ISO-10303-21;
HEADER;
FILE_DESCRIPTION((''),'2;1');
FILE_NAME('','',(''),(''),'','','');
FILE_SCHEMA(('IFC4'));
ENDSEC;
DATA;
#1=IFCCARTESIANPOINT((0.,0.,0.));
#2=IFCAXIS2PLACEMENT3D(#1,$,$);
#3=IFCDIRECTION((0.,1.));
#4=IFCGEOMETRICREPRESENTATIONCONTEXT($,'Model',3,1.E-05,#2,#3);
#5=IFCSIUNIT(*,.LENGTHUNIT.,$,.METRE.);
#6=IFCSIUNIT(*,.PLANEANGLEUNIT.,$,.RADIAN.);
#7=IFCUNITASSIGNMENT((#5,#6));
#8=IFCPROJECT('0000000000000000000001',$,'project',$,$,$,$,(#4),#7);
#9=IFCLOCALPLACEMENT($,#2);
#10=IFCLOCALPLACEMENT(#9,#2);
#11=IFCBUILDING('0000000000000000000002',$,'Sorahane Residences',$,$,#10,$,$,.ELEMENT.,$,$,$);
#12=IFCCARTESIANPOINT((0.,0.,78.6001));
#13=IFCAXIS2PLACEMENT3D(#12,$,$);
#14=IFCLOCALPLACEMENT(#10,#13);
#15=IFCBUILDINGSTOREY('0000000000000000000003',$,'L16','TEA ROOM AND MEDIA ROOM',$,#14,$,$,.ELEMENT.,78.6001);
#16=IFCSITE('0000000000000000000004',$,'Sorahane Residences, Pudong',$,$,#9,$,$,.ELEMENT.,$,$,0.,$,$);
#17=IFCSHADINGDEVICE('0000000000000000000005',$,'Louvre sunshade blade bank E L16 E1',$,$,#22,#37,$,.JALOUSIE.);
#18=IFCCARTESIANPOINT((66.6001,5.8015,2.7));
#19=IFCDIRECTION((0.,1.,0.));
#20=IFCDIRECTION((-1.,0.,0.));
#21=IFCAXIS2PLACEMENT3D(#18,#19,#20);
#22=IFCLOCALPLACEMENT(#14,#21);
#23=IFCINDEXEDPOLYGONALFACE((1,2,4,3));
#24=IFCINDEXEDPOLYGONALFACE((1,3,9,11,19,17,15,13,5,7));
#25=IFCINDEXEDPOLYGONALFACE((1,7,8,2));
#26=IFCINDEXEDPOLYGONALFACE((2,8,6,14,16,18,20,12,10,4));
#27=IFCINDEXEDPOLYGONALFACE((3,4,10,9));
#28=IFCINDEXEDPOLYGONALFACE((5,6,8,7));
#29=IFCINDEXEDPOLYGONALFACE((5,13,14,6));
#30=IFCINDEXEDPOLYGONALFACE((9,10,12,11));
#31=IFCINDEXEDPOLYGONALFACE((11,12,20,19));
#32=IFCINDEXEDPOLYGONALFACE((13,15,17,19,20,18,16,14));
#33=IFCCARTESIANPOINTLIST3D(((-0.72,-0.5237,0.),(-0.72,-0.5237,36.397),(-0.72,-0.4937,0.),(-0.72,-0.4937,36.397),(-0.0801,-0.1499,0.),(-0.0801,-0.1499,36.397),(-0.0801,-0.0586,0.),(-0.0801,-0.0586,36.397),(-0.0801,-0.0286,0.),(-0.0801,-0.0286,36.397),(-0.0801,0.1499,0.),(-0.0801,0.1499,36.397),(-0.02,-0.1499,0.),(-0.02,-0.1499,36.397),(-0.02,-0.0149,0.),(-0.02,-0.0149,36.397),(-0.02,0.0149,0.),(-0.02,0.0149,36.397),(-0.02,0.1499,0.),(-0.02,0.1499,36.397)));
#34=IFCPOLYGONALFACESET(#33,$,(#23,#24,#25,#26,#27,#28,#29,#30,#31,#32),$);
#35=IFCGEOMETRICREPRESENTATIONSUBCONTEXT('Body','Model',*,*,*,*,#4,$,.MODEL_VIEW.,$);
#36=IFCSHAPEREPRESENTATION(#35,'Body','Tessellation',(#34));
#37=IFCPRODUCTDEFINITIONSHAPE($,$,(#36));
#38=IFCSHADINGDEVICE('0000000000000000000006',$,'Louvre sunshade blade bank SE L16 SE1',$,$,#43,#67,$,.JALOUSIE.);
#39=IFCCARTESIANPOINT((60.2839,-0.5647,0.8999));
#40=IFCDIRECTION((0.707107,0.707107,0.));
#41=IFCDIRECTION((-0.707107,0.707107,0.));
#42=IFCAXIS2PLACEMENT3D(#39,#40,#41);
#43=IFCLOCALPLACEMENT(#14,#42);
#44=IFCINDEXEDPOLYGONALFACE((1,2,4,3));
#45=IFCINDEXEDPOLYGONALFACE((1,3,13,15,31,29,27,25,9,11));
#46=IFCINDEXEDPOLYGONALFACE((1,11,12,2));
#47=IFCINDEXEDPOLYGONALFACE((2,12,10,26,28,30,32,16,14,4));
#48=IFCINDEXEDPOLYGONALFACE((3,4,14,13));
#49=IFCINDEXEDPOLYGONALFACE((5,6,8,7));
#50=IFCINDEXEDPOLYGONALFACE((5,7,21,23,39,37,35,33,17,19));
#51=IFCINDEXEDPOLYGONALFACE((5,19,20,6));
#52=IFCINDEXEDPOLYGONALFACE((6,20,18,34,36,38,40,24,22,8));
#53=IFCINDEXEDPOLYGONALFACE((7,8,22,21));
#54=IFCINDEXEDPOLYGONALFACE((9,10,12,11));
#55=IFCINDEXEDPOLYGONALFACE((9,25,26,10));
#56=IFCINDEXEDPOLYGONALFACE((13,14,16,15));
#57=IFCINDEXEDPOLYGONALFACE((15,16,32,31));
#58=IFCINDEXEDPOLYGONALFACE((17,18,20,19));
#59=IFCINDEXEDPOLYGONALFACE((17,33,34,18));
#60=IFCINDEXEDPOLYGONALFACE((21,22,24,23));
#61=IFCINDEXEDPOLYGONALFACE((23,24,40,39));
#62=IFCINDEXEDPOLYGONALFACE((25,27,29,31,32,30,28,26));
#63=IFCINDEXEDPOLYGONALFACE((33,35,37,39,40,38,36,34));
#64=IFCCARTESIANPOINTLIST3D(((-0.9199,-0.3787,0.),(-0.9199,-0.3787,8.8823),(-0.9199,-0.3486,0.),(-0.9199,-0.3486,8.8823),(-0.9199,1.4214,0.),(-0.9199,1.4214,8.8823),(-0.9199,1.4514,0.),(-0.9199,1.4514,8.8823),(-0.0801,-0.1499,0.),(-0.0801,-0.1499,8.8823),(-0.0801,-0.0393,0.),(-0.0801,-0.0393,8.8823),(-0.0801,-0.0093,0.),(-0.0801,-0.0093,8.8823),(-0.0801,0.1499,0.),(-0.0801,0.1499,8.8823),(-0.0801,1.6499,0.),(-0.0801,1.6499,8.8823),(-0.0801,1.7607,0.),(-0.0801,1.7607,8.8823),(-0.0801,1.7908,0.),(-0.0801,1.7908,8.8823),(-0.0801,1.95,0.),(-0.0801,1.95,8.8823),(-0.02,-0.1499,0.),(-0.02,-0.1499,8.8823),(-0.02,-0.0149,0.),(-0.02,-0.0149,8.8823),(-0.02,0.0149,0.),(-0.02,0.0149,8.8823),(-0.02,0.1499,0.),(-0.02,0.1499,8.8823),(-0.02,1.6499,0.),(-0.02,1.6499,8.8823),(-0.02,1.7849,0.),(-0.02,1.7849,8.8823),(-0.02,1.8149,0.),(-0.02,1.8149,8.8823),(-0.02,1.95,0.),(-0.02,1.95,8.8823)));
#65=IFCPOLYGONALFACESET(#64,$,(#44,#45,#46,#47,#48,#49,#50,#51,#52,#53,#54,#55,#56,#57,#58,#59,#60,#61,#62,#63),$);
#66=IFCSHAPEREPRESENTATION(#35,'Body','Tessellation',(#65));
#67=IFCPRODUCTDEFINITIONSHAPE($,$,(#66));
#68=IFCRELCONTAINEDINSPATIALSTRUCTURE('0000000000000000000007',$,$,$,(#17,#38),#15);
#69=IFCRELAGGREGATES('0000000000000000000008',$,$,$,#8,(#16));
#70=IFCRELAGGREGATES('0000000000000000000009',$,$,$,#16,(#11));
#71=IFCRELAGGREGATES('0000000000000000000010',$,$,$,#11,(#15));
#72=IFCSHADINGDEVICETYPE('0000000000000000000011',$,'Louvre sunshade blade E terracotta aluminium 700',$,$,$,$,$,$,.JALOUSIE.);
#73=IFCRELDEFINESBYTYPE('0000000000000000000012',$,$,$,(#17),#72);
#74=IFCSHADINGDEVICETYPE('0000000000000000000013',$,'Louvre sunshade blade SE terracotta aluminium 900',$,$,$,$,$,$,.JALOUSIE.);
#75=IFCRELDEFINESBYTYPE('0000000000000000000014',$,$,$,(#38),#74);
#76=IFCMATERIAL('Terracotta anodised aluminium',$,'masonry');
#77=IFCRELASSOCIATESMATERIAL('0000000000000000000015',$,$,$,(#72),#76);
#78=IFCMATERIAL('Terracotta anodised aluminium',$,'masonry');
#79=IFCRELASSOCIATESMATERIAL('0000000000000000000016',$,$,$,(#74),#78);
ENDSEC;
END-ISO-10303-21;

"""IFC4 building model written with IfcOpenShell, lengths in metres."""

from ifc_helpers import new_model, si_unit, direction, frame, origin, place, context, subcontext, project, spatial, polyline, outline, composite_profile, extrude, material, type_object, element, save


model = new_model("IFC4")

# Units and contexts
model_context = context("Model", 3, precision=1e-05, world=origin(), true_north=direction((0.0, 1.0)))
body_context = subcontext(model_context, "Body", "Model", "MODEL_VIEW")
ifc_project = project(units=[si_unit("LENGTHUNIT", "METRE"), si_unit("PLANEANGLEUNIT", "RADIAN")], contexts=[model_context])

# Site, building, storey
site_placement = place(None, origin())
site = spatial("IfcSite", under=ifc_project, at=site_placement, Name="Sorahane Residences, Pudong", CompositionType="ELEMENT", RefElevation=0.0)
building_placement = place(site_placement, origin())
building = spatial("IfcBuilding", under=site, at=building_placement, Name="Sorahane Residences", CompositionType="ELEMENT")
storey_placement = place(building_placement, frame((0.0, 0.0, 78.6001)))
storey = spatial("IfcBuildingStorey", under=building, at=storey_placement, Name="L16", Description="TEA ROOM AND MEDIA ROOM", CompositionType="ELEMENT", Elevation=78.6001)

# Shading devices
ifc_material_1 = material(Name="Terracotta anodised aluminium", Category="masonry")
shading_device_type_1 = type_object("IfcShadingDeviceType", Name="Louvre sunshade blade E terracotta aluminium 700", PredefinedType="JALOUSIE", material=ifc_material_1)
shading_device_1_placement = place(storey_placement, frame((66.6001, 5.8015, 2.7), z_axis=(0.0, 1.0, 0.0), x_axis=(-1.0, 0.0, 0.0)))
element("IfcShadingDevice", 1, at=shading_device_1_placement, inside=storey, type_object=shading_device_type_1, Name="Louvre sunshade blade bank E L16 E1", PredefinedType="JALOUSIE", context=body_context, shape_type="SweptSolid", body=[
    extrude(outline(polyline([(-0.72, -0.4937), (-0.72, -0.5237), (-0.0801, -0.0586), (-0.0801, -0.1499), (-0.02, -0.1499), (-0.02, -0.0149), (-0.02, 0.0149), (-0.02, 0.1499), (-0.0801, 0.1499), (-0.0801, -0.0286), (-0.72, -0.4937)])), origin(), (0.0, 0.0, 1.0), 36.397),
])
ifc_material_2 = material(Name="Terracotta anodised aluminium", Category="masonry")
shading_device_type_2 = type_object("IfcShadingDeviceType", Name="Louvre sunshade blade SE terracotta aluminium 900", PredefinedType="JALOUSIE", material=ifc_material_2)
shading_device_2_placement = place(storey_placement, frame((60.2839, -0.5647, 0.8999), z_axis=(0.707107, 0.707107, 0.0), x_axis=(-0.707107, 0.707107, 0.0)))
element("IfcShadingDevice", 2, at=shading_device_2_placement, inside=storey, type_object=shading_device_type_2, Name="Louvre sunshade blade bank SE L16 SE1", PredefinedType="JALOUSIE", context=body_context, shape_type="SweptSolid", body=[
    extrude(composite_profile([outline(polyline([(-0.9199, -0.3486), (-0.9199, -0.3787), (-0.0801, -0.0393), (-0.0801, -0.1499), (-0.02, -0.1499), (-0.02, -0.0149), (-0.02, 0.0149), (-0.02, 0.1499), (-0.0801, 0.1499), (-0.0801, -0.0093), (-0.9199, -0.3486)])), outline(polyline([(-0.9199, 1.4514), (-0.9199, 1.4214), (-0.0801, 1.7607), (-0.0801, 1.6499), (-0.02, 1.6499), (-0.02, 1.7849), (-0.02, 1.8149), (-0.02, 1.95), (-0.0801, 1.95), (-0.0801, 1.7908), (-0.9199, 1.4514)]))]), origin(), (0.0, 0.0, 1.0), 8.8823),
])

save(model, "model.ifc")
